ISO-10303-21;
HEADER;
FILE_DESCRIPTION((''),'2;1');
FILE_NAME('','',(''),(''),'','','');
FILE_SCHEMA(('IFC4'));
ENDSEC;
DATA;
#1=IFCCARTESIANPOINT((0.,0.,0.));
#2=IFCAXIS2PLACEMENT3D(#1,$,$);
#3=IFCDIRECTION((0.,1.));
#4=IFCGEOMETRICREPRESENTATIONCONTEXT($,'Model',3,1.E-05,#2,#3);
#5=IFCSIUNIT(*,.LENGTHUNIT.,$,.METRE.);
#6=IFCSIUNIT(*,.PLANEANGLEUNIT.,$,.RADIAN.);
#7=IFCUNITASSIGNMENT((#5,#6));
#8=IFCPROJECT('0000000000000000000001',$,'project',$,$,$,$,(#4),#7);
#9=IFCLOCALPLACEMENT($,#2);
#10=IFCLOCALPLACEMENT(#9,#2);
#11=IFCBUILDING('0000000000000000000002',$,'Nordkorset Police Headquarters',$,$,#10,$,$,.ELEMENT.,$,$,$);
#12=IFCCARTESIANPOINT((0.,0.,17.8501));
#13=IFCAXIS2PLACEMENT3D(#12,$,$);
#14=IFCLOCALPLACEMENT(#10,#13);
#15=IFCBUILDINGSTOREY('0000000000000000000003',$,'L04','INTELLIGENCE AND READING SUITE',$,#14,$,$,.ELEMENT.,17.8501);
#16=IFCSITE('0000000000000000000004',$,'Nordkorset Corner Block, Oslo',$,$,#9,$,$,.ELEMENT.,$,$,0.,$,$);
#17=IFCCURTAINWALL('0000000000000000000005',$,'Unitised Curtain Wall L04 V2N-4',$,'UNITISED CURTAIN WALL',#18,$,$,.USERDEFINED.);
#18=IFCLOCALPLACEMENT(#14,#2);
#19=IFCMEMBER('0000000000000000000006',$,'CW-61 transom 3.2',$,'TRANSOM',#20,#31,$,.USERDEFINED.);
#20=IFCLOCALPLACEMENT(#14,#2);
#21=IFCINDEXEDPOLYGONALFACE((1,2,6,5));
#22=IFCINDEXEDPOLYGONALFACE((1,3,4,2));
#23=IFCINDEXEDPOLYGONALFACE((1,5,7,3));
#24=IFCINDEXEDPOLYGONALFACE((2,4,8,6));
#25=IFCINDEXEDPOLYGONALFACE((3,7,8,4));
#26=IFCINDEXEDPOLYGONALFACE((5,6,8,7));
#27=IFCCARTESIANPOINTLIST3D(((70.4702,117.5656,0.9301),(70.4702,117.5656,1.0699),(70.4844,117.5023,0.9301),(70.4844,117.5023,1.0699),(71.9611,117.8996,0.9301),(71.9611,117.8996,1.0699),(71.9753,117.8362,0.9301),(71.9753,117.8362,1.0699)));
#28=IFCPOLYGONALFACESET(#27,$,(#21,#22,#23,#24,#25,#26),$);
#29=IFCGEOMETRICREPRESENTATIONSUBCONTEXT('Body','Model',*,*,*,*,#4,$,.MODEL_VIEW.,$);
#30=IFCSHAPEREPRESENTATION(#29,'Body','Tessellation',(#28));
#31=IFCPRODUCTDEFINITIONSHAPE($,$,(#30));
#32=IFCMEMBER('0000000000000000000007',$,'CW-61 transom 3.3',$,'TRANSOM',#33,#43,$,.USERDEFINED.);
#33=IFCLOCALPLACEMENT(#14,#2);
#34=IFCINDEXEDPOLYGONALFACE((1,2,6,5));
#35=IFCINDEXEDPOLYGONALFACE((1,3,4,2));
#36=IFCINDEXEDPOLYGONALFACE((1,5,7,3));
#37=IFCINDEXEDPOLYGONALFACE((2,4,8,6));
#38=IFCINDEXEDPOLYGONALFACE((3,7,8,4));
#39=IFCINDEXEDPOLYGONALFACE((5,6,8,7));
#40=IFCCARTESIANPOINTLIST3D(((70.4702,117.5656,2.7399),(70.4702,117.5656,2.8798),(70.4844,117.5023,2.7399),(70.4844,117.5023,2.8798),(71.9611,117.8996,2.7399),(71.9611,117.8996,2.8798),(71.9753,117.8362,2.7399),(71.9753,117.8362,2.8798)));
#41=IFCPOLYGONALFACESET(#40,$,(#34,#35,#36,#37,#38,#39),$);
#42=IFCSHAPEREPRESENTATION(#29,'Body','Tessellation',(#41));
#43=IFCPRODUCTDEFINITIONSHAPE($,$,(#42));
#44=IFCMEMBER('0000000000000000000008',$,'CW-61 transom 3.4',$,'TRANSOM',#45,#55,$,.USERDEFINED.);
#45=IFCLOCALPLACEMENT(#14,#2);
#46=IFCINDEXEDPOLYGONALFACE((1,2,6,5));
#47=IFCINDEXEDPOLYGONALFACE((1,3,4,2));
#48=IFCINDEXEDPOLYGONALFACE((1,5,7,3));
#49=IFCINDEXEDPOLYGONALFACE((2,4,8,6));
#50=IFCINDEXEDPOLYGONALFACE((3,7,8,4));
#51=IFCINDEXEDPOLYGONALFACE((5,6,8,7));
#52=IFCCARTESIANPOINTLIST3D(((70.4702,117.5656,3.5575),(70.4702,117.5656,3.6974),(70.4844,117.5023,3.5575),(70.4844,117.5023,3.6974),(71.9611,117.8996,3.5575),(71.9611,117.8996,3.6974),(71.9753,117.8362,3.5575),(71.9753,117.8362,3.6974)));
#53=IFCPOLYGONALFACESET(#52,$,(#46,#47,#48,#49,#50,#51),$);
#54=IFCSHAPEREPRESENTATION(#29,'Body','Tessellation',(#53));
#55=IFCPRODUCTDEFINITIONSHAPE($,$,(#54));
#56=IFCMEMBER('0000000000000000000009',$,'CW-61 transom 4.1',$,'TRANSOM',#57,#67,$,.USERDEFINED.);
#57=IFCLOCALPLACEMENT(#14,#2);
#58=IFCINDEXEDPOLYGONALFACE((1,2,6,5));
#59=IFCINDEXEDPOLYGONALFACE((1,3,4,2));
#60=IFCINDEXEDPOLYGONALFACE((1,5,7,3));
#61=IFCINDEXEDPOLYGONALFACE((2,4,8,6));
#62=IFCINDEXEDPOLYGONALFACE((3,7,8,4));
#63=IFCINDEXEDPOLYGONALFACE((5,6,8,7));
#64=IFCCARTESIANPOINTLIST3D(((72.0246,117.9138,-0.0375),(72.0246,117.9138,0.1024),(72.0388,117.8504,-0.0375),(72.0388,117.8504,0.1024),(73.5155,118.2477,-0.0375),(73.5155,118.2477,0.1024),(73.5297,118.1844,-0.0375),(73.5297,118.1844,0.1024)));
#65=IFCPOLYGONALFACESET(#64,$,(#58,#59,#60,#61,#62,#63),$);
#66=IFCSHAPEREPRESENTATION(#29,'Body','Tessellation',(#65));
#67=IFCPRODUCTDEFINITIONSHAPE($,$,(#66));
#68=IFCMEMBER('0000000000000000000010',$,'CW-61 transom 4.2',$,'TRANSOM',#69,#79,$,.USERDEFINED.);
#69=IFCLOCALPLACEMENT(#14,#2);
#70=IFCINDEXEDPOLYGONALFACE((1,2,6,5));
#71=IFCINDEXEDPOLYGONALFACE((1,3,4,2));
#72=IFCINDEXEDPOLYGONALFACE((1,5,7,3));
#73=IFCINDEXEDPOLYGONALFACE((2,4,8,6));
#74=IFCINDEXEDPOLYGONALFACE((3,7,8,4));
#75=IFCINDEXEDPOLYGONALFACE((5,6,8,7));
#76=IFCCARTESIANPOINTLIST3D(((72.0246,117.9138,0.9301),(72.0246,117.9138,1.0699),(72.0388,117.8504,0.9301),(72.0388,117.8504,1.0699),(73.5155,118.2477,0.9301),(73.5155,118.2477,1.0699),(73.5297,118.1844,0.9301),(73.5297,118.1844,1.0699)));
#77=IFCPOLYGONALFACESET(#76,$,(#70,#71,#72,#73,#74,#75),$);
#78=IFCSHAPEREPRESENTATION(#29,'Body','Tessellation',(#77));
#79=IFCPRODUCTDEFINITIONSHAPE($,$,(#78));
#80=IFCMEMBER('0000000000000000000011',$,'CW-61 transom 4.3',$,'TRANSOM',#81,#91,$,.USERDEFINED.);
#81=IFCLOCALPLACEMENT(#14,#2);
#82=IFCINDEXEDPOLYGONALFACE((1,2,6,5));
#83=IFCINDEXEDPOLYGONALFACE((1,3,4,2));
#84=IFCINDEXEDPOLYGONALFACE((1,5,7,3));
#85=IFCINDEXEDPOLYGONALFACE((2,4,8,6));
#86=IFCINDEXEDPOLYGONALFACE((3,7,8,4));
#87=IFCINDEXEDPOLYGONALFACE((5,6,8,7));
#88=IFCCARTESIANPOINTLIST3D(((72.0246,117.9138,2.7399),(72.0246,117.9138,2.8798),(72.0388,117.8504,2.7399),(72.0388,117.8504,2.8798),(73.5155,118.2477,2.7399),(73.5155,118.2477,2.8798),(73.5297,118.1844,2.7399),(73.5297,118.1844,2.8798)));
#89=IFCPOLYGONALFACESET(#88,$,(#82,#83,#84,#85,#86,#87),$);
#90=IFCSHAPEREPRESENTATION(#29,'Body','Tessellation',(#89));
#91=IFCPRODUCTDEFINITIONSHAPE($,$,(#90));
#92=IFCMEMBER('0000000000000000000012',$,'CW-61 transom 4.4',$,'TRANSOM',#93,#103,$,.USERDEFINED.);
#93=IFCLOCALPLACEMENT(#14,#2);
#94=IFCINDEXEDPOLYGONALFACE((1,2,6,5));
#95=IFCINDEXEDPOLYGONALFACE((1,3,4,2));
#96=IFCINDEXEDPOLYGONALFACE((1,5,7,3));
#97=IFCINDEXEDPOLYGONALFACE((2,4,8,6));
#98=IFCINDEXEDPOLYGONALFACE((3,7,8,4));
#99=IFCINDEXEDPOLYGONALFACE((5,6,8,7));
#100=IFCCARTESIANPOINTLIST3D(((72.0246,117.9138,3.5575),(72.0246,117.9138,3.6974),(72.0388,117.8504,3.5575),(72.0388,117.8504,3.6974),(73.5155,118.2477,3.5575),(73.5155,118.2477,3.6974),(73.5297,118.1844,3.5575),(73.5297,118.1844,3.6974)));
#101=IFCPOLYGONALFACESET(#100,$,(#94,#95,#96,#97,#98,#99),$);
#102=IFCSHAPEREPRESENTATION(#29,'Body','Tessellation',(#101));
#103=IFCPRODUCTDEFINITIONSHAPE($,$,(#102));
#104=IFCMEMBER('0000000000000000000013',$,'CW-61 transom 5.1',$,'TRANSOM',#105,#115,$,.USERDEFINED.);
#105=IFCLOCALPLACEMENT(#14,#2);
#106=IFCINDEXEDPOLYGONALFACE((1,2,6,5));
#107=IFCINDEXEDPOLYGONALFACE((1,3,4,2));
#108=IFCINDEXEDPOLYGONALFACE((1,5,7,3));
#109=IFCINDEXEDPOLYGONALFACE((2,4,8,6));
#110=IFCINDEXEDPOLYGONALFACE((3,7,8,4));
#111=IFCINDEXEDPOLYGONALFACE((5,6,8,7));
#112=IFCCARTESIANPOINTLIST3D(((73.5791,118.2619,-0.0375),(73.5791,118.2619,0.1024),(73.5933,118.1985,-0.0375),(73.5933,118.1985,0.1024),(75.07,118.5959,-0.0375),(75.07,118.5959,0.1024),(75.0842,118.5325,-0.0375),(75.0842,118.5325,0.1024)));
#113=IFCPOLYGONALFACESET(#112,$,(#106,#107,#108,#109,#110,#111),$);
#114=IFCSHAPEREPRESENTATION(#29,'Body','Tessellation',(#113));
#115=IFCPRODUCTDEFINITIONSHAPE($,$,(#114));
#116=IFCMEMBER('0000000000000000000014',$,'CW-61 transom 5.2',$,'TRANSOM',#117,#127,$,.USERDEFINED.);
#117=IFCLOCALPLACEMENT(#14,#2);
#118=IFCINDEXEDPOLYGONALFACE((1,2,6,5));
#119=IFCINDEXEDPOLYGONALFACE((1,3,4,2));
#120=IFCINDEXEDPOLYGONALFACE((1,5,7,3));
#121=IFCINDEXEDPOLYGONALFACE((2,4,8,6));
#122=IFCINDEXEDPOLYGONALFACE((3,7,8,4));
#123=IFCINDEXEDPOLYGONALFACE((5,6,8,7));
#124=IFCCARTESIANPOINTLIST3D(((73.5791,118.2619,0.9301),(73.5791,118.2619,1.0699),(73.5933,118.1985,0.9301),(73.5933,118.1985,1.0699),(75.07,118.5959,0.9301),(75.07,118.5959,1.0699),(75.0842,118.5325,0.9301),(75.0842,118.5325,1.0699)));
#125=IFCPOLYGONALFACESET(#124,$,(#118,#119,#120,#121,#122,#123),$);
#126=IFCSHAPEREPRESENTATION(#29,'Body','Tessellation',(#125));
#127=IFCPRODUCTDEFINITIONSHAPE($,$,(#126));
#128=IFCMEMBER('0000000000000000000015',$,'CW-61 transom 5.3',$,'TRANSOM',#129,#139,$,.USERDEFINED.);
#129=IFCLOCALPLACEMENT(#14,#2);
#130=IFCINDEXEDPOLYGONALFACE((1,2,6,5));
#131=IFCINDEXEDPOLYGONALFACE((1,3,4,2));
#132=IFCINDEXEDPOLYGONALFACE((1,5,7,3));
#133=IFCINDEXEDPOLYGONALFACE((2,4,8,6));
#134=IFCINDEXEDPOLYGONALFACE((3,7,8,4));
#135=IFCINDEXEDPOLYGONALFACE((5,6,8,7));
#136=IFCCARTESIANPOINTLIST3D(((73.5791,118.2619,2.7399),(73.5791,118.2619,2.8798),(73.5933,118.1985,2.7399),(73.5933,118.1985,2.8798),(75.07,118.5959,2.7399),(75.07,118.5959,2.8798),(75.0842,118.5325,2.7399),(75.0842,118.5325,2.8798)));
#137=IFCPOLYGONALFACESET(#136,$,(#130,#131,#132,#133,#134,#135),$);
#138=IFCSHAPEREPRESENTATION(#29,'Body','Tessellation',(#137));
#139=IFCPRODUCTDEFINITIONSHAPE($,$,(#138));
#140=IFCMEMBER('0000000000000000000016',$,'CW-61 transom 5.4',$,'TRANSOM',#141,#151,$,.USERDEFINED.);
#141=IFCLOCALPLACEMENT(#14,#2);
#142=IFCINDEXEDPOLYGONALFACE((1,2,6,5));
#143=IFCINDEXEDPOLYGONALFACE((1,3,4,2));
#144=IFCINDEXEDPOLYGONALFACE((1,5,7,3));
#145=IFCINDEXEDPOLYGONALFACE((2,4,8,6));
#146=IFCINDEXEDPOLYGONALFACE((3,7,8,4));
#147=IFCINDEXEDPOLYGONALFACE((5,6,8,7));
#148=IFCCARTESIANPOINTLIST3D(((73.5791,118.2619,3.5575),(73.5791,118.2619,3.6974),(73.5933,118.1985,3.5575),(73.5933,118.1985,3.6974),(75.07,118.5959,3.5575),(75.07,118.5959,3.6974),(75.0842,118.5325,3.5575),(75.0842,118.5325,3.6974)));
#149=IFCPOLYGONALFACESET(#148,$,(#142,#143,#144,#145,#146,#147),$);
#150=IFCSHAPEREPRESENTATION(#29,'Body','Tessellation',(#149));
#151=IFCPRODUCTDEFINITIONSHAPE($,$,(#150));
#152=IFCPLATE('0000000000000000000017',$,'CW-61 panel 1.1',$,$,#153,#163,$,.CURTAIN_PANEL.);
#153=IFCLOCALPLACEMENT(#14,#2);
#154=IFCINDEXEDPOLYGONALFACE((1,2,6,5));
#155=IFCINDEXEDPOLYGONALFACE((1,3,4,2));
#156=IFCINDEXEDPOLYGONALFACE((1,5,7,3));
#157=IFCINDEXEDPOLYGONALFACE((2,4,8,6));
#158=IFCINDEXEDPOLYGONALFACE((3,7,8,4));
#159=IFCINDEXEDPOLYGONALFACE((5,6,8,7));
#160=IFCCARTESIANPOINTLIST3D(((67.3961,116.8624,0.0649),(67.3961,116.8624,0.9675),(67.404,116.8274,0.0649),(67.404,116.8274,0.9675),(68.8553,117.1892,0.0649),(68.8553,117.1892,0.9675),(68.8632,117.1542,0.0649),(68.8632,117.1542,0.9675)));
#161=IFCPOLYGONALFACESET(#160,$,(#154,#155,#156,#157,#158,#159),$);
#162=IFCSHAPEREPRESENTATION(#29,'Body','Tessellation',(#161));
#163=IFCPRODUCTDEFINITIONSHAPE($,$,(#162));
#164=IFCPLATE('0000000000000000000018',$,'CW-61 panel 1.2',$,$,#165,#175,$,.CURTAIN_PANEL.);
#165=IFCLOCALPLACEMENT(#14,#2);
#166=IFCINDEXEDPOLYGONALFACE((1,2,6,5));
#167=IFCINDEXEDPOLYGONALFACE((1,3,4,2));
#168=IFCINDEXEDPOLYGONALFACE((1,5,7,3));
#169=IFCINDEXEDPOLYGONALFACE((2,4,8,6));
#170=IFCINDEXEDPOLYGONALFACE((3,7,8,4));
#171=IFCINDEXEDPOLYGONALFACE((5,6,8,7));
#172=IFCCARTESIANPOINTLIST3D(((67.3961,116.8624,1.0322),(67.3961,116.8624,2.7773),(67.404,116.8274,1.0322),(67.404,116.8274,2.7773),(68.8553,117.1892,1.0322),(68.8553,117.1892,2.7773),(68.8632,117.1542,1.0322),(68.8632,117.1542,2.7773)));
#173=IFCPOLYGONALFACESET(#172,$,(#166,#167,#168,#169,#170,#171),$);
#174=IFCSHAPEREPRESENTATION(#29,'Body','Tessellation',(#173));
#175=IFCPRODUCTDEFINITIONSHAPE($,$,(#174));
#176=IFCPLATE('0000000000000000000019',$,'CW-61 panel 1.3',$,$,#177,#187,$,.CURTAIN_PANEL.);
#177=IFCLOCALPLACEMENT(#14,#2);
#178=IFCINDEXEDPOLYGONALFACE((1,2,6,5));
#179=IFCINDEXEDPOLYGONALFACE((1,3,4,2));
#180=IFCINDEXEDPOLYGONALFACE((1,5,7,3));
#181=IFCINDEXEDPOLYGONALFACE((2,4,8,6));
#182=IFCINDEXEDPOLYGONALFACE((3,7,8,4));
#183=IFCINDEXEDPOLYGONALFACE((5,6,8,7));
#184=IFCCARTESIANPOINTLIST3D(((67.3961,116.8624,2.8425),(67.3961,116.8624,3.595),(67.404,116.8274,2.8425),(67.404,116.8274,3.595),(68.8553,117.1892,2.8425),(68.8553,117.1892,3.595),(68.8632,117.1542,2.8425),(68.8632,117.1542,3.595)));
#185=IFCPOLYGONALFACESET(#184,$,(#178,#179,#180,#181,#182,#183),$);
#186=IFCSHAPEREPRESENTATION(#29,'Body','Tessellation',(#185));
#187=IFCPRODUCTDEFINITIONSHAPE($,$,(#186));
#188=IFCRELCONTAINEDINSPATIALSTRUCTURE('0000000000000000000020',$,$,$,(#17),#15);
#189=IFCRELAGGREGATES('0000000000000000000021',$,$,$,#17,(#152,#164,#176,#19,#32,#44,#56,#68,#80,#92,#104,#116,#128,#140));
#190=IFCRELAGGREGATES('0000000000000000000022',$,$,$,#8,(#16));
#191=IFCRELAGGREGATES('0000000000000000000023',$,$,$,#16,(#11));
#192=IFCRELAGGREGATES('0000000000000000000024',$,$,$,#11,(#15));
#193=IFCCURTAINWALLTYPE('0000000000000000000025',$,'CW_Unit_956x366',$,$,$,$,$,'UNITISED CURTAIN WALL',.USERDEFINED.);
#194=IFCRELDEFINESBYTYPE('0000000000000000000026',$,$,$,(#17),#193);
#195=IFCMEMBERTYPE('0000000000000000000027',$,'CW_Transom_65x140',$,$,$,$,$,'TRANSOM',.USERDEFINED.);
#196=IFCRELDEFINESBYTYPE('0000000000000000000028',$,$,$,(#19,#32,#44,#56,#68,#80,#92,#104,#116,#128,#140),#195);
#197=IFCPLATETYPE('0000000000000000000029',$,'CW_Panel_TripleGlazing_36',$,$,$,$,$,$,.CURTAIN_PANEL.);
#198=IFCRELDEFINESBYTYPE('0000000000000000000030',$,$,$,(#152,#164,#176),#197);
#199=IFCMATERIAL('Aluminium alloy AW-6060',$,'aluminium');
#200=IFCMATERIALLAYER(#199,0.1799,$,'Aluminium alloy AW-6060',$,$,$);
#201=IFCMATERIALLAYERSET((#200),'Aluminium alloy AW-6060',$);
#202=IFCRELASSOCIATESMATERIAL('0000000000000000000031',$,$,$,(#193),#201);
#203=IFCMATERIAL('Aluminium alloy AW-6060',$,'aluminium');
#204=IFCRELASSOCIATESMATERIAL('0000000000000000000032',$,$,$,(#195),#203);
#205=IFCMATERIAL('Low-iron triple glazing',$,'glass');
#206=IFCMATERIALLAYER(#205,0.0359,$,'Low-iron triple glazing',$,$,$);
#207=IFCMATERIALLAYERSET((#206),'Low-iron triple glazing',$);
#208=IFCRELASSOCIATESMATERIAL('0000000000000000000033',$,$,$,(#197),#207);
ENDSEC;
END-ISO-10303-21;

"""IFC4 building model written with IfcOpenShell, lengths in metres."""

from ifc_helpers import new_model, si_unit, direction, frame, origin, origin_2d, place, context, subcontext, project, spatial, rectangle, extrude, material, layer, layer_set, material_profile, profile_set, type_object, element, aggregate, save


model = new_model("IFC4")

# Units and contexts
model_context = context("Model", 3, precision=1e-05, world=origin(), true_north=direction((0.0, 1.0)))
body_context = subcontext(model_context, "Body", "Model", "MODEL_VIEW")
ifc_project = project(units=[si_unit("LENGTHUNIT", "METRE"), si_unit("PLANEANGLEUNIT", "RADIAN")], contexts=[model_context])

# Site, building, storey
site_placement = place(None, origin())
site = spatial("IfcSite", under=ifc_project, at=site_placement, Name="Nordkorset Corner Block, Oslo", CompositionType="ELEMENT", RefElevation=0.0)
building_placement = place(site_placement, origin())
building = spatial("IfcBuilding", under=site, at=building_placement, Name="Nordkorset Police Headquarters", CompositionType="ELEMENT")
storey_placement = place(building_placement, frame((0.0, 0.0, 17.8501)))
storey = spatial("IfcBuildingStorey", under=building, at=storey_placement, Name="L04", Description="INTELLIGENCE AND READING SUITE", CompositionType="ELEMENT", Elevation=17.8501)

# Curtain wall, members, plates
ifc_material_1 = material(Name="Aluminium alloy AW-6060", Category="aluminium")
ifc_layer_1 = layer(ifc_material_1, 0.1799, Name="Aluminium alloy AW-6060")
ifc_layer_set_1 = layer_set([ifc_layer_1], Name="Aluminium alloy AW-6060")
curtain_wall_type = type_object("IfcCurtainWallType", Name="CW_Unit_956x366", ElementType="UNITISED CURTAIN WALL", PredefinedType="USERDEFINED", material=ifc_layer_set_1)
curtain_wall_placement = place(storey_placement, origin())
curtain_wall = element("IfcCurtainWall", 1, at=curtain_wall_placement, inside=storey, type_object=curtain_wall_type, Name="Unitised Curtain Wall L04 V2N-4", ObjectType="UNITISED CURTAIN WALL", PredefinedType="USERDEFINED")
ifc_material_2 = material(Name="Aluminium alloy AW-6060", Category="aluminium")
ifc_material_profile_1 = material_profile(ifc_material_2, rectangle(XDim=0.0649, YDim=0.1399, at=origin_2d()), Name="ALU TRAN 65x140")
ifc_profile_set_1 = profile_set([ifc_material_profile_1], Name="Aluminium alloy AW-6060")
member_type_1 = type_object("IfcMemberType", Name="CW_Transom_65x140", ElementType="TRANSOM", PredefinedType="USERDEFINED", material=ifc_profile_set_1)
member_1_placement = place(storey_placement, frame((70.4773, 117.5339, 1.0), z_axis=(0.975817, 0.218588, 0.0), x_axis=(-0.218588, 0.975817, 0.0)))
member_1 = element("IfcMember", 2, at=member_1_placement, type_object=member_type_1, Name="CW-61 transom 3.2", ObjectType="TRANSOM", PredefinedType="USERDEFINED", context=body_context, shape_type="SweptSolid", body=[
    extrude(rectangle(XDim=0.0649, YDim=0.1399, at=origin_2d()), origin(), (0.0, 0.0, 1.0), 1.5278),
])
member_2_placement = place(storey_placement, frame((70.4773, 117.5339, 2.8098), z_axis=(0.975817, 0.218588, 0.0), x_axis=(-0.218588, 0.975817, 0.0)))
member_2 = element("IfcMember", 3, at=member_2_placement, type_object=member_type_1, Name="CW-61 transom 3.3", ObjectType="TRANSOM", PredefinedType="USERDEFINED", context=body_context, shape_type="SweptSolid", body=[
    extrude(rectangle(XDim=0.0649, YDim=0.1399, at=origin_2d()), origin(), (0.0, 0.0, 1.0), 1.5278),
])
member_3_placement = place(storey_placement, frame((70.4773, 117.5339, 3.6274), z_axis=(0.975817, 0.218588, 0.0), x_axis=(-0.218588, 0.975817, 0.0)))
member_3 = element("IfcMember", 4, at=member_3_placement, type_object=member_type_1, Name="CW-61 transom 3.4", ObjectType="TRANSOM", PredefinedType="USERDEFINED", context=body_context, shape_type="SweptSolid", body=[
    extrude(rectangle(XDim=0.0649, YDim=0.1399, at=origin_2d()), origin(), (0.0, 0.0, 1.0), 1.5278),
])
member_4_placement = place(storey_placement, frame((72.0317, 117.8821, 0.0325), z_axis=(0.975817, 0.218588, 0.0), x_axis=(-0.218588, 0.975817, 0.0)))
member_4 = element("IfcMember", 5, at=member_4_placement, type_object=member_type_1, Name="CW-61 transom 4.1", ObjectType="TRANSOM", PredefinedType="USERDEFINED", context=body_context, shape_type="SweptSolid", body=[
    extrude(rectangle(XDim=0.0649, YDim=0.1399, at=origin_2d()), origin(), (0.0, 0.0, 1.0), 1.5278),
])
member_5_placement = place(storey_placement, frame((72.0317, 117.8821, 1.0), z_axis=(0.975817, 0.218588, 0.0), x_axis=(-0.218588, 0.975817, 0.0)))
member_5 = element("IfcMember", 6, at=member_5_placement, type_object=member_type_1, Name="CW-61 transom 4.2", ObjectType="TRANSOM", PredefinedType="USERDEFINED", context=body_context, shape_type="SweptSolid", body=[
    extrude(rectangle(XDim=0.0649, YDim=0.1399, at=origin_2d()), origin(), (0.0, 0.0, 1.0), 1.5278),
])
member_6_placement = place(storey_placement, frame((72.0317, 117.8821, 2.8098), z_axis=(0.975817, 0.218588, 0.0), x_axis=(-0.218588, 0.975817, 0.0)))
member_6 = element("IfcMember", 7, at=member_6_placement, type_object=member_type_1, Name="CW-61 transom 4.3", ObjectType="TRANSOM", PredefinedType="USERDEFINED", context=body_context, shape_type="SweptSolid", body=[
    extrude(rectangle(XDim=0.0649, YDim=0.1399, at=origin_2d()), origin(), (0.0, 0.0, 1.0), 1.5278),
])
member_7_placement = place(storey_placement, frame((72.0317, 117.8821, 3.6274), z_axis=(0.975817, 0.218588, 0.0), x_axis=(-0.218588, 0.975817, 0.0)))
member_7 = element("IfcMember", 8, at=member_7_placement, type_object=member_type_1, Name="CW-61 transom 4.4", ObjectType="TRANSOM", PredefinedType="USERDEFINED", context=body_context, shape_type="SweptSolid", body=[
    extrude(rectangle(XDim=0.0649, YDim=0.1399, at=origin_2d()), origin(), (0.0, 0.0, 1.0), 1.5278),
])
member_8_placement = place(storey_placement, frame((73.5862, 118.2302, 0.0325), z_axis=(0.975817, 0.218588, 0.0), x_axis=(-0.218588, 0.975817, 0.0)))
member_8 = element("IfcMember", 9, at=member_8_placement, type_object=member_type_1, Name="CW-61 transom 5.1", ObjectType="TRANSOM", PredefinedType="USERDEFINED", context=body_context, shape_type="SweptSolid", body=[
    extrude(rectangle(XDim=0.0649, YDim=0.1399, at=origin_2d()), origin(), (0.0, 0.0, 1.0), 1.5278),
])
member_9_placement = place(storey_placement, frame((73.5862, 118.2302, 1.0), z_axis=(0.975817, 0.218588, 0.0), x_axis=(-0.218588, 0.975817, 0.0)))
member_9 = element("IfcMember", 10, at=member_9_placement, type_object=member_type_1, Name="CW-61 transom 5.2", ObjectType="TRANSOM", PredefinedType="USERDEFINED", context=body_context, shape_type="SweptSolid", body=[
    extrude(rectangle(XDim=0.0649, YDim=0.1399, at=origin_2d()), origin(), (0.0, 0.0, 1.0), 1.5278),
])
member_10_placement = place(storey_placement, frame((73.5862, 118.2302, 2.8098), z_axis=(0.975817, 0.218588, 0.0), x_axis=(-0.218588, 0.975817, 0.0)))
member_10 = element("IfcMember", 11, at=member_10_placement, type_object=member_type_1, Name="CW-61 transom 5.3", ObjectType="TRANSOM", PredefinedType="USERDEFINED", context=body_context, shape_type="SweptSolid", body=[
    extrude(rectangle(XDim=0.0649, YDim=0.1399, at=origin_2d()), origin(), (0.0, 0.0, 1.0), 1.5278),
])
member_11_placement = place(storey_placement, frame((73.5862, 118.2302, 3.6274), z_axis=(0.975817, 0.218588, 0.0), x_axis=(-0.218588, 0.975817, 0.0)))
member_11 = element("IfcMember", 12, at=member_11_placement, type_object=member_type_1, Name="CW-61 transom 5.4", ObjectType="TRANSOM", PredefinedType="USERDEFINED", context=body_context, shape_type="SweptSolid", body=[
    extrude(rectangle(XDim=0.0649, YDim=0.1399, at=origin_2d()), origin(), (0.0, 0.0, 1.0), 1.5278),
])
ifc_material_3 = material(Name="Low-iron triple glazing", Category="glass")
ifc_layer_2 = layer(ifc_material_3, 0.0359, Name="Low-iron triple glazing")
ifc_layer_set_2 = layer_set([ifc_layer_2], Name="Low-iron triple glazing")
plate_type = type_object("IfcPlateType", Name="CW_Panel_TripleGlazing_36", PredefinedType="CURTAIN_PANEL", material=ifc_layer_set_2)
plate_1_placement = place(storey_placement, frame((68.1296, 117.0083, 0.0649), z_axis=(0.0, 0.0, 1.0), x_axis=(0.975827, 0.218544, 0.0)))
plate_1 = element("IfcPlate", 13, at=plate_1_placement, type_object=plate_type, Name="CW-61 panel 1.1", PredefinedType="CURTAIN_PANEL", context=body_context, shape_type="SweptSolid", body=[
    extrude(rectangle(XDim=1.4954, YDim=0.0359, at=origin_2d()), origin(), (0.0, 0.0, 1.0), 0.9026),
])
plate_2_placement = place(storey_placement, frame((68.1296, 117.0083, 1.0322), z_axis=(0.0, 0.0, 1.0), x_axis=(0.975827, 0.218544, 0.0)))
plate_2 = element("IfcPlate", 14, at=plate_2_placement, type_object=plate_type, Name="CW-61 panel 1.2", PredefinedType="CURTAIN_PANEL", context=body_context, shape_type="SweptSolid", body=[
    extrude(rectangle(XDim=1.4954, YDim=0.0359, at=origin_2d()), origin(), (0.0, 0.0, 1.0), 1.7451),
])
plate_3_placement = place(storey_placement, frame((68.1296, 117.0083, 2.8425), z_axis=(0.0, 0.0, 1.0), x_axis=(0.975827, 0.218544, 0.0)))
plate_3 = element("IfcPlate", 15, at=plate_3_placement, type_object=plate_type, Name="CW-61 panel 1.3", PredefinedType="CURTAIN_PANEL", context=body_context, shape_type="SweptSolid", body=[
    extrude(rectangle(XDim=1.4954, YDim=0.0359, at=origin_2d()), origin(), (0.0, 0.0, 1.0), 0.7524),
])
aggregate(curtain_wall, [plate_1, plate_2, plate_3, member_1, member_2, member_3, member_4, member_5, member_6, member_7, member_8, member_9, member_10, member_11])

save(model, "model.ifc")
